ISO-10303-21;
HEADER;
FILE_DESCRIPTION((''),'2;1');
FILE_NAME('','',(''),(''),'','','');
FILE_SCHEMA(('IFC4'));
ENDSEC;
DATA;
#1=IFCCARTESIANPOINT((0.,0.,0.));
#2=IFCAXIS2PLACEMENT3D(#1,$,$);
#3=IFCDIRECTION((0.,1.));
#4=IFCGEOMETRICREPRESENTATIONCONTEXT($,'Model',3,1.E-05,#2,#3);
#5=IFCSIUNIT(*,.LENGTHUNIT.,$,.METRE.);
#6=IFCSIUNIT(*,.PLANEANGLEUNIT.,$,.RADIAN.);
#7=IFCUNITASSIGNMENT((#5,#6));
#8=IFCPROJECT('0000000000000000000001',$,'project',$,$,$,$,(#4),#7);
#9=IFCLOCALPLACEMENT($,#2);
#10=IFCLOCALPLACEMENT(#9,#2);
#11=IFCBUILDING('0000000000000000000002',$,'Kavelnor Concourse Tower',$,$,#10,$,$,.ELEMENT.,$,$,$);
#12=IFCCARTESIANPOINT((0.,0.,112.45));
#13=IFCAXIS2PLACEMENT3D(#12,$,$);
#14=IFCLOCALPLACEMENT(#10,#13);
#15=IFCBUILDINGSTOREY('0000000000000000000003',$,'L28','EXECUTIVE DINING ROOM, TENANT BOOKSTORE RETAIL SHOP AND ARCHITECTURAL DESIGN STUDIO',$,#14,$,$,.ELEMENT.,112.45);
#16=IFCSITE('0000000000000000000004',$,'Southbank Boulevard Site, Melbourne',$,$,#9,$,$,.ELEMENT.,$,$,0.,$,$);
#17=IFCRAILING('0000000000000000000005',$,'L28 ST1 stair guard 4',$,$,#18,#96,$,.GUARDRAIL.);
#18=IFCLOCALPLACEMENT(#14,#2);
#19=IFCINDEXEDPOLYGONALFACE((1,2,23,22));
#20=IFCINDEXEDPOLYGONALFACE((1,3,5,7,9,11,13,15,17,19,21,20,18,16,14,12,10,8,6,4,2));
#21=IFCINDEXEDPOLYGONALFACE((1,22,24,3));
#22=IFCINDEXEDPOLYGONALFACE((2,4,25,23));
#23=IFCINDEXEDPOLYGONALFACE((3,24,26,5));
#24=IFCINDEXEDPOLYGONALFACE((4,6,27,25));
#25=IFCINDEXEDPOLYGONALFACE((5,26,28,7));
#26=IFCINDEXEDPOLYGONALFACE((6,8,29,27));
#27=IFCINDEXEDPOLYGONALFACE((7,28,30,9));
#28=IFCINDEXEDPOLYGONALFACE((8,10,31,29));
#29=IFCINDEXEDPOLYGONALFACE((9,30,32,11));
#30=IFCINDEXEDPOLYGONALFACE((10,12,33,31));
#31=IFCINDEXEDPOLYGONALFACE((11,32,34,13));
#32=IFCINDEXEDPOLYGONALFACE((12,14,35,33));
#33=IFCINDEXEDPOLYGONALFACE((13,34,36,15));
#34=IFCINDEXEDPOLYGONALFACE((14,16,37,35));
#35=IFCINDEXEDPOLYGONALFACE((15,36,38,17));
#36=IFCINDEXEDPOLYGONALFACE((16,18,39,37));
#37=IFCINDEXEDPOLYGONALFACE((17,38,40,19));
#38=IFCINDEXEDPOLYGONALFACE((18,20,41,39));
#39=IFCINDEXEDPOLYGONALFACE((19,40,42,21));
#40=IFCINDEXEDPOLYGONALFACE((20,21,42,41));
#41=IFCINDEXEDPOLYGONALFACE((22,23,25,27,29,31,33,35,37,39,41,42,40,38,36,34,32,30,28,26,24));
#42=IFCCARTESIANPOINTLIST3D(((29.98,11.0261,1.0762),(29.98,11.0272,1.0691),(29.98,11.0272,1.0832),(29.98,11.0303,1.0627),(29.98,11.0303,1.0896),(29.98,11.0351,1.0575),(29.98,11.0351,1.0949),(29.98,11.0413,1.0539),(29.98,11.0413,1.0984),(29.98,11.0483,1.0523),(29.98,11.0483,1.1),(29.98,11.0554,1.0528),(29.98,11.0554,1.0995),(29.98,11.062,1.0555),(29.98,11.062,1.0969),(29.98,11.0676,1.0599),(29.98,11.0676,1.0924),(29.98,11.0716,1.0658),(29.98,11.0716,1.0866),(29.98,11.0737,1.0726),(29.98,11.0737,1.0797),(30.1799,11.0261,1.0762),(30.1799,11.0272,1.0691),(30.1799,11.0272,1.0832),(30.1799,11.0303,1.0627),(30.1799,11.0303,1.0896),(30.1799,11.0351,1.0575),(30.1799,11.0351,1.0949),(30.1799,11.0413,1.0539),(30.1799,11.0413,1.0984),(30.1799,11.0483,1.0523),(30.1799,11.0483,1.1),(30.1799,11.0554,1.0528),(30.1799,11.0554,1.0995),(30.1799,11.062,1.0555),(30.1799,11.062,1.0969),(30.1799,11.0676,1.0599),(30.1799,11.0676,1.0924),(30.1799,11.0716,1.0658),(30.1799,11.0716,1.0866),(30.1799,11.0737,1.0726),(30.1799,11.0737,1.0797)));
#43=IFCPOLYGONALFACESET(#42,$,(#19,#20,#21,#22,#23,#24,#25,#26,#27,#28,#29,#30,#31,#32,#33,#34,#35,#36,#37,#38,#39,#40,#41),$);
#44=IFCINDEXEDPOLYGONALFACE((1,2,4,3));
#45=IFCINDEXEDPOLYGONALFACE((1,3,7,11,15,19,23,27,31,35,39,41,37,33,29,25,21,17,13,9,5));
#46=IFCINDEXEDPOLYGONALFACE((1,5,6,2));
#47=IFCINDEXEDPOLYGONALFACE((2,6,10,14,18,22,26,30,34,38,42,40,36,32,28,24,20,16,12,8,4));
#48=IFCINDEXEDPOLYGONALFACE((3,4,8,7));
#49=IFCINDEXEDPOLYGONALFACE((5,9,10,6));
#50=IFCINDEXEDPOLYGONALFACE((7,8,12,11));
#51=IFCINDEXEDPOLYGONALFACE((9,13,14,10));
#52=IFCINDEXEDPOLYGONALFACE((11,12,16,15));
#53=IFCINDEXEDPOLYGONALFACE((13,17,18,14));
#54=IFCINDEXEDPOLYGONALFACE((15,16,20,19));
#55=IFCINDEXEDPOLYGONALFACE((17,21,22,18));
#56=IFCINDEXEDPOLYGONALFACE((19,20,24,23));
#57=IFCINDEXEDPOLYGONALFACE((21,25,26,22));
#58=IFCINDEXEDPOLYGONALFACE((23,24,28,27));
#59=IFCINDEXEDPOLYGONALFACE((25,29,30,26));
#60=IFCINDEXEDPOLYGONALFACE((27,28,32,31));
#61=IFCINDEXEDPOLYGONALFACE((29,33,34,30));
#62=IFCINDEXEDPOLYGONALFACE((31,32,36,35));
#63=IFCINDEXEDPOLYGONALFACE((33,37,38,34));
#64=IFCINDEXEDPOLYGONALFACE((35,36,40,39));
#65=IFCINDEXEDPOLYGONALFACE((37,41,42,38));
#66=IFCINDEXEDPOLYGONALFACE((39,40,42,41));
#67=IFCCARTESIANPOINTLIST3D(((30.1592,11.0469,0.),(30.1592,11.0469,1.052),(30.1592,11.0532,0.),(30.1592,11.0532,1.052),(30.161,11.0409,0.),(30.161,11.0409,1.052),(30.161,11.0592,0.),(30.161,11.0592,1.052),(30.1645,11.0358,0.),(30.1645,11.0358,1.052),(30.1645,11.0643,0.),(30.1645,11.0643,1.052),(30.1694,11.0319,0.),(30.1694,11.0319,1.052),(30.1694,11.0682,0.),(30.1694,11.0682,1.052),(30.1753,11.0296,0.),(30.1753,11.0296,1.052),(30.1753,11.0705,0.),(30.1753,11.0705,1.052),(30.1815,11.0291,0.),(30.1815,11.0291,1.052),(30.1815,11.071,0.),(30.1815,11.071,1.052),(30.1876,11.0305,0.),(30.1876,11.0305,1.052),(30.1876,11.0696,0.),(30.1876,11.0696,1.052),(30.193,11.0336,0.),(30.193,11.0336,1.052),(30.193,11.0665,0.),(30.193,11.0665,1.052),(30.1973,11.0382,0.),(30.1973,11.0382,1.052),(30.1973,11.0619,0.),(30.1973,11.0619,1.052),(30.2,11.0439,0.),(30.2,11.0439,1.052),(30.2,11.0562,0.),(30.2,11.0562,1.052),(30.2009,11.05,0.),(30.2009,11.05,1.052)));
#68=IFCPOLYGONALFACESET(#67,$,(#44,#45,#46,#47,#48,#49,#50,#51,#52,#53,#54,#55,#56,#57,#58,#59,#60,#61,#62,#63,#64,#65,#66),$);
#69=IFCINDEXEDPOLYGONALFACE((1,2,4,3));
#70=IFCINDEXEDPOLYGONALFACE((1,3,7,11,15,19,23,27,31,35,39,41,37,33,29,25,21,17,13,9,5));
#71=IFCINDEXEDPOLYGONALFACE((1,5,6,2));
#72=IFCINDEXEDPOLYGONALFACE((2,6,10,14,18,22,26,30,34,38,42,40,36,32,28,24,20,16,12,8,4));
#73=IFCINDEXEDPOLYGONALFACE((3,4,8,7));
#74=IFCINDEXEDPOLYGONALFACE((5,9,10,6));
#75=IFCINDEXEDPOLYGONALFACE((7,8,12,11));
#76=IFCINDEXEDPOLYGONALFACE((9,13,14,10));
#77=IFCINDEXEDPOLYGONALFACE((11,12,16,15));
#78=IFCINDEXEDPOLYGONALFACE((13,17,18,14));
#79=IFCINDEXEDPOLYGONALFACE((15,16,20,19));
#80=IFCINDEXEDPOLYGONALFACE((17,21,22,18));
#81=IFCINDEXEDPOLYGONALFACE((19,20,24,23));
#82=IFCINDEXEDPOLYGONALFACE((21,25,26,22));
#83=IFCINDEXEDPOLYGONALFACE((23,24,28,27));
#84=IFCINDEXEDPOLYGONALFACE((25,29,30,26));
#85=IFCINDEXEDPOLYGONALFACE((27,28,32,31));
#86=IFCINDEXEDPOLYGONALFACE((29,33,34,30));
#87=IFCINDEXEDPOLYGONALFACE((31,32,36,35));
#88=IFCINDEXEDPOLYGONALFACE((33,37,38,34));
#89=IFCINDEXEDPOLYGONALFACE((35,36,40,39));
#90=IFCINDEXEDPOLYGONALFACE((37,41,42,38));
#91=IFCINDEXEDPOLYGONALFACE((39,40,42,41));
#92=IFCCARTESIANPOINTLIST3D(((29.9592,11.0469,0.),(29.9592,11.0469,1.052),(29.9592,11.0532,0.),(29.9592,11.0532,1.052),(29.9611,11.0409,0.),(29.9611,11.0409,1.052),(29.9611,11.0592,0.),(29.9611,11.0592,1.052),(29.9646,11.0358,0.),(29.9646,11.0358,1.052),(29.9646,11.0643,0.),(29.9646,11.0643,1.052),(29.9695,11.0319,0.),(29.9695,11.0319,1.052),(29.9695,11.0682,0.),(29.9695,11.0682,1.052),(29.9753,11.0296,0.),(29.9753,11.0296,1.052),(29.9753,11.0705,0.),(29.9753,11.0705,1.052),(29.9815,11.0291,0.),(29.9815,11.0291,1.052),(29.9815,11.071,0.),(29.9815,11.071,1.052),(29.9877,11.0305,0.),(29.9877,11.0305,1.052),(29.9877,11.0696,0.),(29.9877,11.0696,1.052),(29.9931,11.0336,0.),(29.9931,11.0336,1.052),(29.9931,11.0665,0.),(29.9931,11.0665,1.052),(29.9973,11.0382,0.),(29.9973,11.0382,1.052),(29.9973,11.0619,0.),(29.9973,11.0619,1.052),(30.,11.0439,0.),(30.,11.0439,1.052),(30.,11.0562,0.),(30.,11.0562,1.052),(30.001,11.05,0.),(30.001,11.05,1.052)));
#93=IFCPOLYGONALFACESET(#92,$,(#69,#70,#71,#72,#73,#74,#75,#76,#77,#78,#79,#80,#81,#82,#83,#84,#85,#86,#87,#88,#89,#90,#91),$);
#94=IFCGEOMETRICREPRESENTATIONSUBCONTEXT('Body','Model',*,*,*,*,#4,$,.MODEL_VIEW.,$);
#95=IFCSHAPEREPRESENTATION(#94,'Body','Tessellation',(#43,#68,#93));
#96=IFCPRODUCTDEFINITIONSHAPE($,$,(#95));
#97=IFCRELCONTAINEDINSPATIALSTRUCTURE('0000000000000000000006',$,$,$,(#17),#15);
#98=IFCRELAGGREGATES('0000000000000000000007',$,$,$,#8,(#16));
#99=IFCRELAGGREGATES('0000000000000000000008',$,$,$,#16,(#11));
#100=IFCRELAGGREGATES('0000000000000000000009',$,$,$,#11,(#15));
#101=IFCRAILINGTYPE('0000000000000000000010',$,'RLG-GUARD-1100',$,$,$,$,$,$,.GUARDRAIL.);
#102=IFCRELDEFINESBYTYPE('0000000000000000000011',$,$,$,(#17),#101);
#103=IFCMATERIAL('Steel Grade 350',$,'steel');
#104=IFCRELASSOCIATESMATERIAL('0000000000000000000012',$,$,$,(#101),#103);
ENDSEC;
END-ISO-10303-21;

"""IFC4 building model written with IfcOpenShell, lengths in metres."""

from ifc_helpers import new_model, si_unit, direction, frame, origin, origin_2d, place, context, subcontext, project, spatial, circle, extrude, material, type_object, element, save


model = new_model("IFC4")

# Units and contexts
model_context = context("Model", 3, precision=1e-05, world=origin(), true_north=direction((0.0, 1.0)))
body_context = subcontext(model_context, "Body", "Model", "MODEL_VIEW")
ifc_project = project(units=[si_unit("LENGTHUNIT", "METRE"), si_unit("PLANEANGLEUNIT", "RADIAN")], contexts=[model_context])

# Site, building, storey
site_placement = place(None, origin())
site = spatial("IfcSite", under=ifc_project, at=site_placement, Name="Southbank Boulevard Site, Melbourne", CompositionType="ELEMENT", RefElevation=0.0)
building_placement = place(site_placement, origin())
building = spatial("IfcBuilding", under=site, at=building_placement, Name="Kavelnor Concourse Tower", CompositionType="ELEMENT")
storey_placement = place(building_placement, frame((0.0, 0.0, 112.45)))
storey = spatial("IfcBuildingStorey", under=building, at=storey_placement, Name="L28", Description="EXECUTIVE DINING ROOM, TENANT BOOKSTORE RETAIL SHOP AND ARCHITECTURAL DESIGN STUDIO", CompositionType="ELEMENT", Elevation=112.45)

# Shared definitions
ifc_material_1 = material(Name="Steel Grade 350", Category="steel")

# Railing
railing_type_1 = type_object("IfcRailingType", Name="RLG-GUARD-1100", PredefinedType="GUARDRAIL", material=ifc_material_1)
railing_1_placement = place(storey_placement, frame((30.1799, 11.05, 0.0)))
element("IfcRailing", 1, at=railing_1_placement, inside=storey, type_object=railing_type_1, Name="L28 ST1 stair guard 4", PredefinedType="GUARDRAIL", context=body_context, shape_type="SweptSolid", body=[
    extrude(circle(Radius=0.0239, at=origin_2d()), frame((0.0, 0.0, 1.0762), z_axis=(-1.0, 0.0, 0.0), x_axis=(0.0, -1.0, 0.0)), (0.0, 0.0, 1.0), 0.2),
    extrude(circle(Radius=0.021, at=origin_2d()), origin(), (0.0, 0.0, 1.0), 1.052),
    extrude(circle(Radius=0.021, at=origin_2d()), frame((-0.2, 0.0, 0.0)), (0.0, 0.0, 1.0), 1.052),
])

save(model, "model.ifc")
